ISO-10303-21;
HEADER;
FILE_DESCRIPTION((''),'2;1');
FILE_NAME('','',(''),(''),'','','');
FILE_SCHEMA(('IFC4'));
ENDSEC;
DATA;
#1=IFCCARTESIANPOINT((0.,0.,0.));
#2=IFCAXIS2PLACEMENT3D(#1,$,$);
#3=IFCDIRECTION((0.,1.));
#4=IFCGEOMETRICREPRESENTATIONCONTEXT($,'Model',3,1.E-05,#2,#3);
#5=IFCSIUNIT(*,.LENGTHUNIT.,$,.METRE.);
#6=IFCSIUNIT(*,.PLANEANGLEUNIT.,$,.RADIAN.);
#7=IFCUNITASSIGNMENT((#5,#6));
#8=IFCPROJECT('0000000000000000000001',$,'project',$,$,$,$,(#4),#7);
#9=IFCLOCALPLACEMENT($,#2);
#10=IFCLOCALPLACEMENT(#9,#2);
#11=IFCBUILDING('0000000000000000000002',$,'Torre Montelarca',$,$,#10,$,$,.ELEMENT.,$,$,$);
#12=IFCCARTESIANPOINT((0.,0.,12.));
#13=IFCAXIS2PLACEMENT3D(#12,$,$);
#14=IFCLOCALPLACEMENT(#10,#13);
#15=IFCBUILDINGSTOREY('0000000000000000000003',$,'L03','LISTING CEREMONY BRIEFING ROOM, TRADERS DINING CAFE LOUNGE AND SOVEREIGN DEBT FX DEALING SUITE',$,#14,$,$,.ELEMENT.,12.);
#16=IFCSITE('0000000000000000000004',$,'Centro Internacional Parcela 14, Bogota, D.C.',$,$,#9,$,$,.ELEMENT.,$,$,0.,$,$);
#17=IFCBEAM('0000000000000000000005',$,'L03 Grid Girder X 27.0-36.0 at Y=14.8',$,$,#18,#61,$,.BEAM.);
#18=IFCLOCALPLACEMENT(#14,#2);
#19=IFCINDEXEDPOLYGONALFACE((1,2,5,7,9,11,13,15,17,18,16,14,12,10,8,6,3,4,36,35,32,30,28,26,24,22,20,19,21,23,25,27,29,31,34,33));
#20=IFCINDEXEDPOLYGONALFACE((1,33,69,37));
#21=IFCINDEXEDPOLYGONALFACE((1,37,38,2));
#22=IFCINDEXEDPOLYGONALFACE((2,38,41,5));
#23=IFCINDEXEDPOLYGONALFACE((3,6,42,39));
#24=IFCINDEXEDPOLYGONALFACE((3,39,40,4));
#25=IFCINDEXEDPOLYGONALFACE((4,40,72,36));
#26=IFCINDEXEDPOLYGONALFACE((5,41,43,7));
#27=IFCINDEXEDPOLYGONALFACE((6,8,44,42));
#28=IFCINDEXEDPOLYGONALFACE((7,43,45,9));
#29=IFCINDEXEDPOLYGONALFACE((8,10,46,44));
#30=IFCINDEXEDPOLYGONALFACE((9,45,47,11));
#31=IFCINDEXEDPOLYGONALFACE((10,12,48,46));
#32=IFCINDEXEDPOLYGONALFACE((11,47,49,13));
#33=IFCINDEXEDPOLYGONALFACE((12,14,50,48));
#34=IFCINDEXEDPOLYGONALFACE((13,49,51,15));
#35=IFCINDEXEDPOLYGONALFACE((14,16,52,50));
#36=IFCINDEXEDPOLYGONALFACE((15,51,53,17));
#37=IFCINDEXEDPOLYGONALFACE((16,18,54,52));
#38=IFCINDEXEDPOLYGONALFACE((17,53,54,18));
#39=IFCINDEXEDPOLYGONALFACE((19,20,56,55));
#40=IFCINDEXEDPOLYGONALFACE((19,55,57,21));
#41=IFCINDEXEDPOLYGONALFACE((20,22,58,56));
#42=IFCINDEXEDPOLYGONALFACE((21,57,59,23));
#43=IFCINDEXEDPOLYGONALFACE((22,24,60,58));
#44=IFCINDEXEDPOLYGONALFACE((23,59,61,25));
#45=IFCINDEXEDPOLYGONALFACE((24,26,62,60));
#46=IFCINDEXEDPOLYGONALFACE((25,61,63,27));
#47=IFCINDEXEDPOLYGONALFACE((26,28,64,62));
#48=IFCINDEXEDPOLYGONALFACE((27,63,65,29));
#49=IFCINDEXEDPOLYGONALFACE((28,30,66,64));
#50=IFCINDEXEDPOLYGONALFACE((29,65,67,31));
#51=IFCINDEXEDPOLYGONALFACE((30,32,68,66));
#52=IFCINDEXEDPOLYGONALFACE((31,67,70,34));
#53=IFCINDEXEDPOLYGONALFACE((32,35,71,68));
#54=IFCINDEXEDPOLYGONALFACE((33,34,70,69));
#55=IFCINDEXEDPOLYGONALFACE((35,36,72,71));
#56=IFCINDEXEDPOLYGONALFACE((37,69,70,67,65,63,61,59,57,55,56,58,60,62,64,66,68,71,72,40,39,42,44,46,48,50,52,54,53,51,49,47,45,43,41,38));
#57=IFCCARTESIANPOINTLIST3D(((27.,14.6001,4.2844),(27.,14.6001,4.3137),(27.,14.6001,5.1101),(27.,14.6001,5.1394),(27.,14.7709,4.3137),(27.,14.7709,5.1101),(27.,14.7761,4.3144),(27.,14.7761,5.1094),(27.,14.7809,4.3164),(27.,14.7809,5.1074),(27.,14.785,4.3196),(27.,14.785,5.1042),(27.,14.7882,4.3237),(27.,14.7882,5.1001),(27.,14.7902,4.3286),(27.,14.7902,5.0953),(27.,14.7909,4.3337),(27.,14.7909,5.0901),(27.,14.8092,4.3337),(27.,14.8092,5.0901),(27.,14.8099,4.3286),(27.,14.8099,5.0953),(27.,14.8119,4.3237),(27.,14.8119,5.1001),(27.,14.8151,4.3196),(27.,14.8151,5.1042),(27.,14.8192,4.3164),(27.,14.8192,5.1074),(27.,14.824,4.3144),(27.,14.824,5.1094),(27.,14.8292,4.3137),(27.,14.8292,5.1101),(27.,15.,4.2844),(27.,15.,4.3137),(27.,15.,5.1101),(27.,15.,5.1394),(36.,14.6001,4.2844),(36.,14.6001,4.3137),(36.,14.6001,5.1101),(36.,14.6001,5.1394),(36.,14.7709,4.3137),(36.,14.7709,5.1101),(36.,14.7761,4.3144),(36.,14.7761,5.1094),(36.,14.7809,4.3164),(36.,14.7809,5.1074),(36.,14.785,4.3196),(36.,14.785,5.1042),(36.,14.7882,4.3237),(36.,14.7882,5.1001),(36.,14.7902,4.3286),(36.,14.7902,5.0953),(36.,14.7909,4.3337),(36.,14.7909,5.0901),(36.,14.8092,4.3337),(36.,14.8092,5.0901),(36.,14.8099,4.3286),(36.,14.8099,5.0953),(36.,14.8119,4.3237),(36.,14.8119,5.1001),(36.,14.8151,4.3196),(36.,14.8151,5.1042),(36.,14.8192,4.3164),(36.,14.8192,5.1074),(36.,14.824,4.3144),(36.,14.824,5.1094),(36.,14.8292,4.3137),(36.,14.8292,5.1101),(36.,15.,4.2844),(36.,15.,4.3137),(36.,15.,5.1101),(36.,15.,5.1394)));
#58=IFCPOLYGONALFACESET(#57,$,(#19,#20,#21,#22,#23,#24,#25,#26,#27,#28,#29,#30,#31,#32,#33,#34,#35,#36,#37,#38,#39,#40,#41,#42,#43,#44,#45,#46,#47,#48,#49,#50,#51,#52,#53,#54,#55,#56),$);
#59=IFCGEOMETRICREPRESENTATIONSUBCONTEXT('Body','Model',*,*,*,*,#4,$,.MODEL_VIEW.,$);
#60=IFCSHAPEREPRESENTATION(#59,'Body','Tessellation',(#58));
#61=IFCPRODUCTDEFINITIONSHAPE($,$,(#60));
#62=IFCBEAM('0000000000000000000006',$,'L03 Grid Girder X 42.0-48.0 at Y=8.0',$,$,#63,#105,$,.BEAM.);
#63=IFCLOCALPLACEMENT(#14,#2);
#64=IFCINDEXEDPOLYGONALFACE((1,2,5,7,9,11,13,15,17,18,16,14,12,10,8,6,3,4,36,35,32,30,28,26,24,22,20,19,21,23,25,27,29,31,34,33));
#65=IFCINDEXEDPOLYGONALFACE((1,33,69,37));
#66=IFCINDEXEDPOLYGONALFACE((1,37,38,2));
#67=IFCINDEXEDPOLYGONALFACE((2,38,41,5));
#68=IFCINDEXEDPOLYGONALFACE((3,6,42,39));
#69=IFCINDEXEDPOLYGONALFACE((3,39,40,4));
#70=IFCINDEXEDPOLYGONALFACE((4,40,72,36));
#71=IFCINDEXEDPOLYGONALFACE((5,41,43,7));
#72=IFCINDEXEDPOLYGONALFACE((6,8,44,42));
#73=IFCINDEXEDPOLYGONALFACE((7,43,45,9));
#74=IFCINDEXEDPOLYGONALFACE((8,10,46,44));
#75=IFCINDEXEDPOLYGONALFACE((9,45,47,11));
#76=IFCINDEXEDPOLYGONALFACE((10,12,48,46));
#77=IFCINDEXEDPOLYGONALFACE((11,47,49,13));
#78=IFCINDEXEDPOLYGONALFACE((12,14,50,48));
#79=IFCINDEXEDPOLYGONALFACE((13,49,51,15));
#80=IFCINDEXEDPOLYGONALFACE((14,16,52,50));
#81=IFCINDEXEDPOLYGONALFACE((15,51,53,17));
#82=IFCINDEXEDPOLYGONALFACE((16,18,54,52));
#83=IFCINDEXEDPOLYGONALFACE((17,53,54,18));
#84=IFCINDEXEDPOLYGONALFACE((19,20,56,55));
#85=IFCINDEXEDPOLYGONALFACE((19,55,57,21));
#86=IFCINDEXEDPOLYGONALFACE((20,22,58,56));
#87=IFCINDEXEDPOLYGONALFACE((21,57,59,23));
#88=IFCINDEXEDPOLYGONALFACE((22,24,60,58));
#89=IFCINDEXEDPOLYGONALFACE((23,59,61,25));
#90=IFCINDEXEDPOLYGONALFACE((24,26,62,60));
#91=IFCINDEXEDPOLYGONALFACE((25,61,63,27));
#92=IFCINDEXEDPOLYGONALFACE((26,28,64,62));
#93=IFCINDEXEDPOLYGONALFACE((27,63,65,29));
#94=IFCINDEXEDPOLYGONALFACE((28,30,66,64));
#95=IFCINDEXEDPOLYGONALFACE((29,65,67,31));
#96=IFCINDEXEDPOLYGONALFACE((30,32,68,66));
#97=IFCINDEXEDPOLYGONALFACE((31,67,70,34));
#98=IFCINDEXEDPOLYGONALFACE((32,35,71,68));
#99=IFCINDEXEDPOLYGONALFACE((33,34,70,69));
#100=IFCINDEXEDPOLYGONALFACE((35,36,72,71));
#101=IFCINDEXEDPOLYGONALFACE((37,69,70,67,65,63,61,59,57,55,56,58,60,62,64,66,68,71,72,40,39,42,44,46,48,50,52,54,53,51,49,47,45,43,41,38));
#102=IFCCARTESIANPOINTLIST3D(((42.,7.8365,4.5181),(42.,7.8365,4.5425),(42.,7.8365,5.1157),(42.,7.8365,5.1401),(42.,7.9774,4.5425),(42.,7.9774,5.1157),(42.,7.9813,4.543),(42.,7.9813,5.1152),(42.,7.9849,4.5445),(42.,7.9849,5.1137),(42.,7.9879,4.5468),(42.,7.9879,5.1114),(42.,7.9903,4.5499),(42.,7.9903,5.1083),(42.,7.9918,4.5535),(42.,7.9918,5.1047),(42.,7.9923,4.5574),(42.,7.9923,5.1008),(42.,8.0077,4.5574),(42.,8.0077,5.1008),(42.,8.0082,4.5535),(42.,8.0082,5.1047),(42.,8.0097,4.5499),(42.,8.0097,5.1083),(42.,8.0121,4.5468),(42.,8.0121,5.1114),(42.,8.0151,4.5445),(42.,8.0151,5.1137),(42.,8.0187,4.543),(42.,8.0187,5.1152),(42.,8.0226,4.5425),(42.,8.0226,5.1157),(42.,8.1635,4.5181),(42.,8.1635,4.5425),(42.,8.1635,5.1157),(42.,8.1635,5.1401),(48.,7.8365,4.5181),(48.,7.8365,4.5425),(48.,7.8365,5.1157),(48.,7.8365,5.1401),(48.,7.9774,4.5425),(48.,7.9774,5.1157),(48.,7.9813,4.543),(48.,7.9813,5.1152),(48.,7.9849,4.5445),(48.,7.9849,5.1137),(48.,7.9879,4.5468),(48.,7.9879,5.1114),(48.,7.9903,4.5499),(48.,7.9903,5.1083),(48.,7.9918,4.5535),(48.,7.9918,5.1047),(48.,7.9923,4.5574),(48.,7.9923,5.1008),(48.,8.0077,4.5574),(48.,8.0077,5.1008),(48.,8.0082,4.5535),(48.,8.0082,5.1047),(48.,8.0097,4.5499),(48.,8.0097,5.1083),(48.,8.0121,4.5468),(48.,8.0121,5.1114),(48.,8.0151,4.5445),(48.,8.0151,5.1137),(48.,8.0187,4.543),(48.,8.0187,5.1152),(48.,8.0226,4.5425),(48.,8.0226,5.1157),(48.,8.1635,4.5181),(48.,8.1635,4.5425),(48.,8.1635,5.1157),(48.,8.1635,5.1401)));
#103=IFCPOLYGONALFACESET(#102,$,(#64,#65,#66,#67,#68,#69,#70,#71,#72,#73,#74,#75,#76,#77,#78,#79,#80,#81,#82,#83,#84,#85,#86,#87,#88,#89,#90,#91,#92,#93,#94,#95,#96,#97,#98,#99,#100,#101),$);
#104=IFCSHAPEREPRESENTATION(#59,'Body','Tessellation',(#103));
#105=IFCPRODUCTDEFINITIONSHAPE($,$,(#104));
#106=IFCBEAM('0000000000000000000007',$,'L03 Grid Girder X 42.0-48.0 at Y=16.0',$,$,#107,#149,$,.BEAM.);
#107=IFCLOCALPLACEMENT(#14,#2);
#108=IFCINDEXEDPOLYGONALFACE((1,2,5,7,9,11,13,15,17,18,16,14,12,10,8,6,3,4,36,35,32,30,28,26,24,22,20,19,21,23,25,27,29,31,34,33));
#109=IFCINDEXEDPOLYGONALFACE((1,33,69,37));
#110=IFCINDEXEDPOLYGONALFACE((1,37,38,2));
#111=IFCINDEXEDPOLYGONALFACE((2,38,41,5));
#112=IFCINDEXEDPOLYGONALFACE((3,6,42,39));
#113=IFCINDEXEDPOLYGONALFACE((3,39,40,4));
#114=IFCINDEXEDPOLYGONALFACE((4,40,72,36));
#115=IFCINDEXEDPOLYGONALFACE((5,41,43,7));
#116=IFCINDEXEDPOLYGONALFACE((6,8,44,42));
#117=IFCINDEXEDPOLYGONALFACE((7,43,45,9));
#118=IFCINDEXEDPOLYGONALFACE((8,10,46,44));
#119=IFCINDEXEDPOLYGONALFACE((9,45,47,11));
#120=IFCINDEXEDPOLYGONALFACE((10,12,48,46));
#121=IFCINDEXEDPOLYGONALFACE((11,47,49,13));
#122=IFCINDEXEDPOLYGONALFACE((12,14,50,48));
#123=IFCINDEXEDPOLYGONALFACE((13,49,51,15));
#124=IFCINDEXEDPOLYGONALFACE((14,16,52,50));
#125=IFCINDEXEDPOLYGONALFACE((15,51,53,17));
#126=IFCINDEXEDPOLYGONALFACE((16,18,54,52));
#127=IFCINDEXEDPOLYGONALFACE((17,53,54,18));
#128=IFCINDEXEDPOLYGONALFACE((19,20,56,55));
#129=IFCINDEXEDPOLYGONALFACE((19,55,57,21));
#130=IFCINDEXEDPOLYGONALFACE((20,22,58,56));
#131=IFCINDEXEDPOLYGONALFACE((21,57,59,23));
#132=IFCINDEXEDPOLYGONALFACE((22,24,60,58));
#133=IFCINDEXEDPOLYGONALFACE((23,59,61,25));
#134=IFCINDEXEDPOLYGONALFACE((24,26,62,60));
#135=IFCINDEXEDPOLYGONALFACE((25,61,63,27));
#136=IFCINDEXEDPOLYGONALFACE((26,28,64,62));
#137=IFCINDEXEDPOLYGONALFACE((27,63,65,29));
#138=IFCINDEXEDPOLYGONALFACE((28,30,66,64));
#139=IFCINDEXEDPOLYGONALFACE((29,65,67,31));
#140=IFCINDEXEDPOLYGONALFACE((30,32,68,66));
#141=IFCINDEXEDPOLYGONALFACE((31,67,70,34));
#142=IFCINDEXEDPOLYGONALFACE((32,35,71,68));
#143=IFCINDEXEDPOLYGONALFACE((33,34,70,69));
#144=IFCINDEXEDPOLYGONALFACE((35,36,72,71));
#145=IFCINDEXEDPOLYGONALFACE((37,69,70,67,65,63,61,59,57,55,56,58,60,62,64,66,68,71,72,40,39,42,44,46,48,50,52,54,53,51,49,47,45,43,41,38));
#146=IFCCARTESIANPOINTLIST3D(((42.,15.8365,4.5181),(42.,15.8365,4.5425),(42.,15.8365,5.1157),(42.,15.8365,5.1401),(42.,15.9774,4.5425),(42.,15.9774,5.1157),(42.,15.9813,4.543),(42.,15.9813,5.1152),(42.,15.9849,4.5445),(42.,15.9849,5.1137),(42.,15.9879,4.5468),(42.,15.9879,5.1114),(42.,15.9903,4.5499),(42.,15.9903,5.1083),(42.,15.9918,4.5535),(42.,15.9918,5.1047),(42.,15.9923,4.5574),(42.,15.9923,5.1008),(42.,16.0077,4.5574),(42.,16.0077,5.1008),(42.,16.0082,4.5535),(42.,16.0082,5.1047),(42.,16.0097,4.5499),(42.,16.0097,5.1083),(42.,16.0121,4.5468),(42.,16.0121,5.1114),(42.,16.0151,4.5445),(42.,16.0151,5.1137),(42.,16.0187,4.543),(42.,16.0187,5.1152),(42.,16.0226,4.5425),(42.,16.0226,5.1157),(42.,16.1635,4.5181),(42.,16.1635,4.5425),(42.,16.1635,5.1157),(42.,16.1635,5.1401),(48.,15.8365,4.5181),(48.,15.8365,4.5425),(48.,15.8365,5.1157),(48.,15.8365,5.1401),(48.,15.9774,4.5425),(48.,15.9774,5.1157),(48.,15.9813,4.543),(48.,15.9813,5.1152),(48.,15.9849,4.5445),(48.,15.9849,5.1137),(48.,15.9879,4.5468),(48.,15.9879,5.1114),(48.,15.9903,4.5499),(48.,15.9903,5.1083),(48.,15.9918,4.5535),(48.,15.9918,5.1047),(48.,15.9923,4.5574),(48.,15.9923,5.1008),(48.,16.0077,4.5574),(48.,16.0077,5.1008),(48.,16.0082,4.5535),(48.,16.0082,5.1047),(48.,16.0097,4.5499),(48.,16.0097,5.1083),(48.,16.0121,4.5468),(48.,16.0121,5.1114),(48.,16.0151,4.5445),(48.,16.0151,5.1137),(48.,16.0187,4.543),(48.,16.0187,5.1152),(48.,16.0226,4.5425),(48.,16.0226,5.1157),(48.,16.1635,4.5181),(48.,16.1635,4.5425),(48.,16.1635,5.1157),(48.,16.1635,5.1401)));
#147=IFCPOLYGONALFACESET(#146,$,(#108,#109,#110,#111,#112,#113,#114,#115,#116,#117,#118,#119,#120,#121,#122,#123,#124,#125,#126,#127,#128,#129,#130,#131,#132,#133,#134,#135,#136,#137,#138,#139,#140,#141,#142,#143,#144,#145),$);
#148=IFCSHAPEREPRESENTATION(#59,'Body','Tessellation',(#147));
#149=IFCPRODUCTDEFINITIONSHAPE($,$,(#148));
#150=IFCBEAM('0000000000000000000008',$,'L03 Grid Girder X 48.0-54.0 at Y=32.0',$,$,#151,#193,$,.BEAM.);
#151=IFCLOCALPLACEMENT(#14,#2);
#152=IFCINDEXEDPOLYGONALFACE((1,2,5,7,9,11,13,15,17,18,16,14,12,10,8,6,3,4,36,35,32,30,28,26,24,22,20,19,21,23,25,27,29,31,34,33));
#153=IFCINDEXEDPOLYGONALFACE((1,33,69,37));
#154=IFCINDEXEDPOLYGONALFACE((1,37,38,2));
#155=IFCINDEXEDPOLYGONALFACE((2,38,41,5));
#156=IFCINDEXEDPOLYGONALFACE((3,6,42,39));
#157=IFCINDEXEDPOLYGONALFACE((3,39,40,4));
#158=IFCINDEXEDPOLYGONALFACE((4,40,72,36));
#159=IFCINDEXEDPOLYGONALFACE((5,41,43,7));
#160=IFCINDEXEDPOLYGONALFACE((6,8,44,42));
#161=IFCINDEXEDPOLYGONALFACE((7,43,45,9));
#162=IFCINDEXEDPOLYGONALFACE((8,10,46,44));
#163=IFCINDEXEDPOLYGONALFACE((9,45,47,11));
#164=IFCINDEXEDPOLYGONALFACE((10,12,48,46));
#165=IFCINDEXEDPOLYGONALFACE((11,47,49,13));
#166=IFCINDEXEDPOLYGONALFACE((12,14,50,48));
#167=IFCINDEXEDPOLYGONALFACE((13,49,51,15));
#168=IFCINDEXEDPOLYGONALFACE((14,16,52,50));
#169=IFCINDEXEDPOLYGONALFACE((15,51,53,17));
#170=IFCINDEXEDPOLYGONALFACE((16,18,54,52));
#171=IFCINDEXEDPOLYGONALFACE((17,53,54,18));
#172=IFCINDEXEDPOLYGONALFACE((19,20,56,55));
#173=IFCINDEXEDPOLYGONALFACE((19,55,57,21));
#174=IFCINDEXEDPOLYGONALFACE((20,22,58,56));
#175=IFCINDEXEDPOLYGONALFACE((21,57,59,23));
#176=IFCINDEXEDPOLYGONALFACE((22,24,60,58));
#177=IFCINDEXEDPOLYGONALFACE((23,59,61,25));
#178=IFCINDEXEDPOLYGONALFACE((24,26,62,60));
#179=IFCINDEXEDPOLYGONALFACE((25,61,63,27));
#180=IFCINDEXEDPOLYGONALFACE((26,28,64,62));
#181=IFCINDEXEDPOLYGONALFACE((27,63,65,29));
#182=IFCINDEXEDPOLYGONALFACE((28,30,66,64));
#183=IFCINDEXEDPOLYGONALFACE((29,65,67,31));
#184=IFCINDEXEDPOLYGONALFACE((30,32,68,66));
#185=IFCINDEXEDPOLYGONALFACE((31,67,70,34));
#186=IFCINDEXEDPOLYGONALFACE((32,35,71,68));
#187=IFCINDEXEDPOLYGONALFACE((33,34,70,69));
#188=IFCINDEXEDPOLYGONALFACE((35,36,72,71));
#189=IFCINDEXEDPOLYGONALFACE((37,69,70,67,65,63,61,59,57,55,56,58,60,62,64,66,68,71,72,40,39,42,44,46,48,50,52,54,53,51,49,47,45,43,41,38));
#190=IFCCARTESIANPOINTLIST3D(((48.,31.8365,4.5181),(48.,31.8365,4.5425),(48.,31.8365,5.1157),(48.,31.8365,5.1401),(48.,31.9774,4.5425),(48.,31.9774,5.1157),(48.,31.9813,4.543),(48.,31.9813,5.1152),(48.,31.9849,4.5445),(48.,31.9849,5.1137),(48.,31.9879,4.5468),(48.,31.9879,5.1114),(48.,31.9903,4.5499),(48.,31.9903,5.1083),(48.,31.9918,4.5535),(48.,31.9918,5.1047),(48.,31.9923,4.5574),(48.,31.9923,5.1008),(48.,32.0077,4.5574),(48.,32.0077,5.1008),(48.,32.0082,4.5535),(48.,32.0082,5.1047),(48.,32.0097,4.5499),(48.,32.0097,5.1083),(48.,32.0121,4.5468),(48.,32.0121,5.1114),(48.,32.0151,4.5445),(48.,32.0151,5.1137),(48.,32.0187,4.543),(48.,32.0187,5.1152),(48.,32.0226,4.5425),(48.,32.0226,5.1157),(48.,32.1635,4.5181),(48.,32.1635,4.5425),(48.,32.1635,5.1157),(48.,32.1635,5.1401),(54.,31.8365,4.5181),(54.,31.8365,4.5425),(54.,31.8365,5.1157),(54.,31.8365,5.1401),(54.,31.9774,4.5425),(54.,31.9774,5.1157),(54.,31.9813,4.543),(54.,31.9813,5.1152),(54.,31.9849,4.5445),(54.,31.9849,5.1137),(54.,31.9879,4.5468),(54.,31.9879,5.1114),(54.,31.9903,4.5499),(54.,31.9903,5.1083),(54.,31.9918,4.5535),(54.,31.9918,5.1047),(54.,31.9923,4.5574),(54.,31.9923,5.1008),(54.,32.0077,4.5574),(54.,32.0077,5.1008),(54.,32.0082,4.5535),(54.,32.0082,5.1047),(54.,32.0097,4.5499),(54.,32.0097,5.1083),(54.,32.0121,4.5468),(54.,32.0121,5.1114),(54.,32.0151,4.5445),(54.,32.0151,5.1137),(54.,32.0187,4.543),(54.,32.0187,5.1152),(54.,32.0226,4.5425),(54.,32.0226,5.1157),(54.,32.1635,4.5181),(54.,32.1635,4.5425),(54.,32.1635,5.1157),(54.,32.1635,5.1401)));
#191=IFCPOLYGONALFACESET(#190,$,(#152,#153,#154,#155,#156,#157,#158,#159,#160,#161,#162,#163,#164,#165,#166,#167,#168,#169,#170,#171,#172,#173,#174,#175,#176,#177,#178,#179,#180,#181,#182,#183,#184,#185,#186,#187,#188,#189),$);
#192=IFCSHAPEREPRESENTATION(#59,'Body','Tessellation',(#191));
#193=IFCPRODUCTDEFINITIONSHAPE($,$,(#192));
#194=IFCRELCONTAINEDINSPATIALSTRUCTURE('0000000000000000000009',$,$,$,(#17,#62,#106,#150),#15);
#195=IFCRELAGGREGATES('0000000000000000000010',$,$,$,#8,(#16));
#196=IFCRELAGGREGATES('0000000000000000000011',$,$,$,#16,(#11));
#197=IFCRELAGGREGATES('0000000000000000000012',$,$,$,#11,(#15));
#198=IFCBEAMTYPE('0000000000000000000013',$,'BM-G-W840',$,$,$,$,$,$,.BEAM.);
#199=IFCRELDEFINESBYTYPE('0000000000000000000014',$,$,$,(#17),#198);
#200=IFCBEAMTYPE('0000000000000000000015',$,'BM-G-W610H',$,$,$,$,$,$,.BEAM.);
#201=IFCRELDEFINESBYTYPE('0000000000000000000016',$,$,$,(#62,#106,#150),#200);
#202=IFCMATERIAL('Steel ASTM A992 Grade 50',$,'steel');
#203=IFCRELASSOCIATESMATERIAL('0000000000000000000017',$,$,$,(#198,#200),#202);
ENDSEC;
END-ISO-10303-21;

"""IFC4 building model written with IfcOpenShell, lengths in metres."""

from ifc_helpers import new_model, si_unit, direction, frame, origin, origin_2d, place, context, subcontext, project, spatial, i_section, extrude, source, transform, mapped, material, material_profile, profile_set, type_object, element, save


model = new_model("IFC4")

# Units and contexts
model_context = context("Model", 3, precision=1e-05, world=origin(), true_north=direction((0.0, 1.0)))
body_context = subcontext(model_context, "Body", "Model", "MODEL_VIEW")
ifc_project = project(units=[si_unit("LENGTHUNIT", "METRE"), si_unit("PLANEANGLEUNIT", "RADIAN")], contexts=[model_context])

# Site, building, storey
site_placement = place(None, origin())
site = spatial("IfcSite", under=ifc_project, at=site_placement, Name="Centro Internacional Parcela 14, Bogota, D.C.", CompositionType="ELEMENT", RefElevation=0.0)
building_placement = place(site_placement, origin())
building = spatial("IfcBuilding", under=site, at=building_placement, Name="Torre Montelarca", CompositionType="ELEMENT")
storey_placement = place(building_placement, frame((0.0, 0.0, 12.0)))
storey = spatial("IfcBuildingStorey", under=building, at=storey_placement, Name="L03", Description="LISTING CEREMONY BRIEFING ROOM, TRADERS DINING CAFE LOUNGE AND SOVEREIGN DEBT FX DEALING SUITE", CompositionType="ELEMENT", Elevation=12.0)

# Beams
ifc_material_1 = material(Name="Steel ASTM A992 Grade 50", Category="steel")
ifc_material_profile_1 = material_profile(ifc_material_1, i_section(OverallWidth=0.3999, OverallDepth=0.855, WebThickness=0.0183, FlangeThickness=0.0293, FilletRadius=0.02, at=origin_2d()), Name="W840X299", Category="steel")
ifc_profile_set_1 = profile_set([ifc_material_profile_1], Name="Steel ASTM A992 Grade 50")
beam_type_1 = type_object("IfcBeamType", Name="BM-G-W840", PredefinedType="BEAM", material=ifc_profile_set_1)
shared_shape_1 = source(origin(), body_context, "Body", "SweptSolid", [
    extrude(i_section(OverallWidth=0.3999, OverallDepth=0.855, WebThickness=0.0183, FlangeThickness=0.0293, FilletRadius=0.02, at=origin_2d()), origin(), (0.0, 0.0, 1.0), 9.0),
])
beam_1_placement = place(storey_placement, frame((27.0, 14.8, 4.7119), z_axis=(1.0, 0.0, 0.0), x_axis=(0.0, 1.0, 0.0)))
element("IfcBeam", 1, at=beam_1_placement, inside=storey, type_object=beam_type_1, Name="L03 Grid Girder X 27.0-36.0 at Y=14.8", PredefinedType="BEAM", context=body_context, shape_type="MappedRepresentation", body=[
    mapped(shared_shape_1, transform((0.0, 0.0, 0.0), scale=1.0)),
])
ifc_material_profile_2 = material_profile(ifc_material_1, i_section(OverallWidth=0.3269, OverallDepth=0.6221, WebThickness=0.0154, FlangeThickness=0.0244, FilletRadius=0.0149, at=origin_2d()), Name="W610X195", Category="steel")
ifc_profile_set_2 = profile_set([ifc_material_profile_2], Name="Steel ASTM A992 Grade 50")
beam_type_2 = type_object("IfcBeamType", Name="BM-G-W610H", PredefinedType="BEAM", material=ifc_profile_set_2)
shared_shape_2 = source(origin(), body_context, "Body", "SweptSolid", [
    extrude(i_section(OverallWidth=0.3269, OverallDepth=0.6221, WebThickness=0.0154, FlangeThickness=0.0244, FilletRadius=0.0149, at=origin_2d()), origin(), (0.0, 0.0, 1.0), 6.0),
])
for number, where, z_axis, x_axis, name in (
    (2, (42.0, 8.0, 4.8291), (1.0, 0.0, 0.0), (0.0, 1.0, 0.0), "L03 Grid Girder X 42.0-48.0 at Y=8.0"),
    (3, (42.0, 16.0, 4.8291), (1.0, 0.0, 0.0), (0.0, 1.0, 0.0), "L03 Grid Girder X 42.0-48.0 at Y=16.0"),
    (4, (48.0, 32.0, 4.8291), (1.0, 0.0, 0.0), (0.0, 1.0, 0.0), "L03 Grid Girder X 48.0-54.0 at Y=32.0"),
):
    element("IfcBeam", number, at=place(storey_placement, frame(where, z_axis=z_axis, x_axis=x_axis)), inside=storey, type_object=beam_type_2, Name=name, PredefinedType="BEAM", context=body_context, shape_type="MappedRepresentation", body=[
        mapped(shared_shape_2, transform((0.0, 0.0, 0.0), scale=1.0)),
    ])

save(model, "model.ifc")
